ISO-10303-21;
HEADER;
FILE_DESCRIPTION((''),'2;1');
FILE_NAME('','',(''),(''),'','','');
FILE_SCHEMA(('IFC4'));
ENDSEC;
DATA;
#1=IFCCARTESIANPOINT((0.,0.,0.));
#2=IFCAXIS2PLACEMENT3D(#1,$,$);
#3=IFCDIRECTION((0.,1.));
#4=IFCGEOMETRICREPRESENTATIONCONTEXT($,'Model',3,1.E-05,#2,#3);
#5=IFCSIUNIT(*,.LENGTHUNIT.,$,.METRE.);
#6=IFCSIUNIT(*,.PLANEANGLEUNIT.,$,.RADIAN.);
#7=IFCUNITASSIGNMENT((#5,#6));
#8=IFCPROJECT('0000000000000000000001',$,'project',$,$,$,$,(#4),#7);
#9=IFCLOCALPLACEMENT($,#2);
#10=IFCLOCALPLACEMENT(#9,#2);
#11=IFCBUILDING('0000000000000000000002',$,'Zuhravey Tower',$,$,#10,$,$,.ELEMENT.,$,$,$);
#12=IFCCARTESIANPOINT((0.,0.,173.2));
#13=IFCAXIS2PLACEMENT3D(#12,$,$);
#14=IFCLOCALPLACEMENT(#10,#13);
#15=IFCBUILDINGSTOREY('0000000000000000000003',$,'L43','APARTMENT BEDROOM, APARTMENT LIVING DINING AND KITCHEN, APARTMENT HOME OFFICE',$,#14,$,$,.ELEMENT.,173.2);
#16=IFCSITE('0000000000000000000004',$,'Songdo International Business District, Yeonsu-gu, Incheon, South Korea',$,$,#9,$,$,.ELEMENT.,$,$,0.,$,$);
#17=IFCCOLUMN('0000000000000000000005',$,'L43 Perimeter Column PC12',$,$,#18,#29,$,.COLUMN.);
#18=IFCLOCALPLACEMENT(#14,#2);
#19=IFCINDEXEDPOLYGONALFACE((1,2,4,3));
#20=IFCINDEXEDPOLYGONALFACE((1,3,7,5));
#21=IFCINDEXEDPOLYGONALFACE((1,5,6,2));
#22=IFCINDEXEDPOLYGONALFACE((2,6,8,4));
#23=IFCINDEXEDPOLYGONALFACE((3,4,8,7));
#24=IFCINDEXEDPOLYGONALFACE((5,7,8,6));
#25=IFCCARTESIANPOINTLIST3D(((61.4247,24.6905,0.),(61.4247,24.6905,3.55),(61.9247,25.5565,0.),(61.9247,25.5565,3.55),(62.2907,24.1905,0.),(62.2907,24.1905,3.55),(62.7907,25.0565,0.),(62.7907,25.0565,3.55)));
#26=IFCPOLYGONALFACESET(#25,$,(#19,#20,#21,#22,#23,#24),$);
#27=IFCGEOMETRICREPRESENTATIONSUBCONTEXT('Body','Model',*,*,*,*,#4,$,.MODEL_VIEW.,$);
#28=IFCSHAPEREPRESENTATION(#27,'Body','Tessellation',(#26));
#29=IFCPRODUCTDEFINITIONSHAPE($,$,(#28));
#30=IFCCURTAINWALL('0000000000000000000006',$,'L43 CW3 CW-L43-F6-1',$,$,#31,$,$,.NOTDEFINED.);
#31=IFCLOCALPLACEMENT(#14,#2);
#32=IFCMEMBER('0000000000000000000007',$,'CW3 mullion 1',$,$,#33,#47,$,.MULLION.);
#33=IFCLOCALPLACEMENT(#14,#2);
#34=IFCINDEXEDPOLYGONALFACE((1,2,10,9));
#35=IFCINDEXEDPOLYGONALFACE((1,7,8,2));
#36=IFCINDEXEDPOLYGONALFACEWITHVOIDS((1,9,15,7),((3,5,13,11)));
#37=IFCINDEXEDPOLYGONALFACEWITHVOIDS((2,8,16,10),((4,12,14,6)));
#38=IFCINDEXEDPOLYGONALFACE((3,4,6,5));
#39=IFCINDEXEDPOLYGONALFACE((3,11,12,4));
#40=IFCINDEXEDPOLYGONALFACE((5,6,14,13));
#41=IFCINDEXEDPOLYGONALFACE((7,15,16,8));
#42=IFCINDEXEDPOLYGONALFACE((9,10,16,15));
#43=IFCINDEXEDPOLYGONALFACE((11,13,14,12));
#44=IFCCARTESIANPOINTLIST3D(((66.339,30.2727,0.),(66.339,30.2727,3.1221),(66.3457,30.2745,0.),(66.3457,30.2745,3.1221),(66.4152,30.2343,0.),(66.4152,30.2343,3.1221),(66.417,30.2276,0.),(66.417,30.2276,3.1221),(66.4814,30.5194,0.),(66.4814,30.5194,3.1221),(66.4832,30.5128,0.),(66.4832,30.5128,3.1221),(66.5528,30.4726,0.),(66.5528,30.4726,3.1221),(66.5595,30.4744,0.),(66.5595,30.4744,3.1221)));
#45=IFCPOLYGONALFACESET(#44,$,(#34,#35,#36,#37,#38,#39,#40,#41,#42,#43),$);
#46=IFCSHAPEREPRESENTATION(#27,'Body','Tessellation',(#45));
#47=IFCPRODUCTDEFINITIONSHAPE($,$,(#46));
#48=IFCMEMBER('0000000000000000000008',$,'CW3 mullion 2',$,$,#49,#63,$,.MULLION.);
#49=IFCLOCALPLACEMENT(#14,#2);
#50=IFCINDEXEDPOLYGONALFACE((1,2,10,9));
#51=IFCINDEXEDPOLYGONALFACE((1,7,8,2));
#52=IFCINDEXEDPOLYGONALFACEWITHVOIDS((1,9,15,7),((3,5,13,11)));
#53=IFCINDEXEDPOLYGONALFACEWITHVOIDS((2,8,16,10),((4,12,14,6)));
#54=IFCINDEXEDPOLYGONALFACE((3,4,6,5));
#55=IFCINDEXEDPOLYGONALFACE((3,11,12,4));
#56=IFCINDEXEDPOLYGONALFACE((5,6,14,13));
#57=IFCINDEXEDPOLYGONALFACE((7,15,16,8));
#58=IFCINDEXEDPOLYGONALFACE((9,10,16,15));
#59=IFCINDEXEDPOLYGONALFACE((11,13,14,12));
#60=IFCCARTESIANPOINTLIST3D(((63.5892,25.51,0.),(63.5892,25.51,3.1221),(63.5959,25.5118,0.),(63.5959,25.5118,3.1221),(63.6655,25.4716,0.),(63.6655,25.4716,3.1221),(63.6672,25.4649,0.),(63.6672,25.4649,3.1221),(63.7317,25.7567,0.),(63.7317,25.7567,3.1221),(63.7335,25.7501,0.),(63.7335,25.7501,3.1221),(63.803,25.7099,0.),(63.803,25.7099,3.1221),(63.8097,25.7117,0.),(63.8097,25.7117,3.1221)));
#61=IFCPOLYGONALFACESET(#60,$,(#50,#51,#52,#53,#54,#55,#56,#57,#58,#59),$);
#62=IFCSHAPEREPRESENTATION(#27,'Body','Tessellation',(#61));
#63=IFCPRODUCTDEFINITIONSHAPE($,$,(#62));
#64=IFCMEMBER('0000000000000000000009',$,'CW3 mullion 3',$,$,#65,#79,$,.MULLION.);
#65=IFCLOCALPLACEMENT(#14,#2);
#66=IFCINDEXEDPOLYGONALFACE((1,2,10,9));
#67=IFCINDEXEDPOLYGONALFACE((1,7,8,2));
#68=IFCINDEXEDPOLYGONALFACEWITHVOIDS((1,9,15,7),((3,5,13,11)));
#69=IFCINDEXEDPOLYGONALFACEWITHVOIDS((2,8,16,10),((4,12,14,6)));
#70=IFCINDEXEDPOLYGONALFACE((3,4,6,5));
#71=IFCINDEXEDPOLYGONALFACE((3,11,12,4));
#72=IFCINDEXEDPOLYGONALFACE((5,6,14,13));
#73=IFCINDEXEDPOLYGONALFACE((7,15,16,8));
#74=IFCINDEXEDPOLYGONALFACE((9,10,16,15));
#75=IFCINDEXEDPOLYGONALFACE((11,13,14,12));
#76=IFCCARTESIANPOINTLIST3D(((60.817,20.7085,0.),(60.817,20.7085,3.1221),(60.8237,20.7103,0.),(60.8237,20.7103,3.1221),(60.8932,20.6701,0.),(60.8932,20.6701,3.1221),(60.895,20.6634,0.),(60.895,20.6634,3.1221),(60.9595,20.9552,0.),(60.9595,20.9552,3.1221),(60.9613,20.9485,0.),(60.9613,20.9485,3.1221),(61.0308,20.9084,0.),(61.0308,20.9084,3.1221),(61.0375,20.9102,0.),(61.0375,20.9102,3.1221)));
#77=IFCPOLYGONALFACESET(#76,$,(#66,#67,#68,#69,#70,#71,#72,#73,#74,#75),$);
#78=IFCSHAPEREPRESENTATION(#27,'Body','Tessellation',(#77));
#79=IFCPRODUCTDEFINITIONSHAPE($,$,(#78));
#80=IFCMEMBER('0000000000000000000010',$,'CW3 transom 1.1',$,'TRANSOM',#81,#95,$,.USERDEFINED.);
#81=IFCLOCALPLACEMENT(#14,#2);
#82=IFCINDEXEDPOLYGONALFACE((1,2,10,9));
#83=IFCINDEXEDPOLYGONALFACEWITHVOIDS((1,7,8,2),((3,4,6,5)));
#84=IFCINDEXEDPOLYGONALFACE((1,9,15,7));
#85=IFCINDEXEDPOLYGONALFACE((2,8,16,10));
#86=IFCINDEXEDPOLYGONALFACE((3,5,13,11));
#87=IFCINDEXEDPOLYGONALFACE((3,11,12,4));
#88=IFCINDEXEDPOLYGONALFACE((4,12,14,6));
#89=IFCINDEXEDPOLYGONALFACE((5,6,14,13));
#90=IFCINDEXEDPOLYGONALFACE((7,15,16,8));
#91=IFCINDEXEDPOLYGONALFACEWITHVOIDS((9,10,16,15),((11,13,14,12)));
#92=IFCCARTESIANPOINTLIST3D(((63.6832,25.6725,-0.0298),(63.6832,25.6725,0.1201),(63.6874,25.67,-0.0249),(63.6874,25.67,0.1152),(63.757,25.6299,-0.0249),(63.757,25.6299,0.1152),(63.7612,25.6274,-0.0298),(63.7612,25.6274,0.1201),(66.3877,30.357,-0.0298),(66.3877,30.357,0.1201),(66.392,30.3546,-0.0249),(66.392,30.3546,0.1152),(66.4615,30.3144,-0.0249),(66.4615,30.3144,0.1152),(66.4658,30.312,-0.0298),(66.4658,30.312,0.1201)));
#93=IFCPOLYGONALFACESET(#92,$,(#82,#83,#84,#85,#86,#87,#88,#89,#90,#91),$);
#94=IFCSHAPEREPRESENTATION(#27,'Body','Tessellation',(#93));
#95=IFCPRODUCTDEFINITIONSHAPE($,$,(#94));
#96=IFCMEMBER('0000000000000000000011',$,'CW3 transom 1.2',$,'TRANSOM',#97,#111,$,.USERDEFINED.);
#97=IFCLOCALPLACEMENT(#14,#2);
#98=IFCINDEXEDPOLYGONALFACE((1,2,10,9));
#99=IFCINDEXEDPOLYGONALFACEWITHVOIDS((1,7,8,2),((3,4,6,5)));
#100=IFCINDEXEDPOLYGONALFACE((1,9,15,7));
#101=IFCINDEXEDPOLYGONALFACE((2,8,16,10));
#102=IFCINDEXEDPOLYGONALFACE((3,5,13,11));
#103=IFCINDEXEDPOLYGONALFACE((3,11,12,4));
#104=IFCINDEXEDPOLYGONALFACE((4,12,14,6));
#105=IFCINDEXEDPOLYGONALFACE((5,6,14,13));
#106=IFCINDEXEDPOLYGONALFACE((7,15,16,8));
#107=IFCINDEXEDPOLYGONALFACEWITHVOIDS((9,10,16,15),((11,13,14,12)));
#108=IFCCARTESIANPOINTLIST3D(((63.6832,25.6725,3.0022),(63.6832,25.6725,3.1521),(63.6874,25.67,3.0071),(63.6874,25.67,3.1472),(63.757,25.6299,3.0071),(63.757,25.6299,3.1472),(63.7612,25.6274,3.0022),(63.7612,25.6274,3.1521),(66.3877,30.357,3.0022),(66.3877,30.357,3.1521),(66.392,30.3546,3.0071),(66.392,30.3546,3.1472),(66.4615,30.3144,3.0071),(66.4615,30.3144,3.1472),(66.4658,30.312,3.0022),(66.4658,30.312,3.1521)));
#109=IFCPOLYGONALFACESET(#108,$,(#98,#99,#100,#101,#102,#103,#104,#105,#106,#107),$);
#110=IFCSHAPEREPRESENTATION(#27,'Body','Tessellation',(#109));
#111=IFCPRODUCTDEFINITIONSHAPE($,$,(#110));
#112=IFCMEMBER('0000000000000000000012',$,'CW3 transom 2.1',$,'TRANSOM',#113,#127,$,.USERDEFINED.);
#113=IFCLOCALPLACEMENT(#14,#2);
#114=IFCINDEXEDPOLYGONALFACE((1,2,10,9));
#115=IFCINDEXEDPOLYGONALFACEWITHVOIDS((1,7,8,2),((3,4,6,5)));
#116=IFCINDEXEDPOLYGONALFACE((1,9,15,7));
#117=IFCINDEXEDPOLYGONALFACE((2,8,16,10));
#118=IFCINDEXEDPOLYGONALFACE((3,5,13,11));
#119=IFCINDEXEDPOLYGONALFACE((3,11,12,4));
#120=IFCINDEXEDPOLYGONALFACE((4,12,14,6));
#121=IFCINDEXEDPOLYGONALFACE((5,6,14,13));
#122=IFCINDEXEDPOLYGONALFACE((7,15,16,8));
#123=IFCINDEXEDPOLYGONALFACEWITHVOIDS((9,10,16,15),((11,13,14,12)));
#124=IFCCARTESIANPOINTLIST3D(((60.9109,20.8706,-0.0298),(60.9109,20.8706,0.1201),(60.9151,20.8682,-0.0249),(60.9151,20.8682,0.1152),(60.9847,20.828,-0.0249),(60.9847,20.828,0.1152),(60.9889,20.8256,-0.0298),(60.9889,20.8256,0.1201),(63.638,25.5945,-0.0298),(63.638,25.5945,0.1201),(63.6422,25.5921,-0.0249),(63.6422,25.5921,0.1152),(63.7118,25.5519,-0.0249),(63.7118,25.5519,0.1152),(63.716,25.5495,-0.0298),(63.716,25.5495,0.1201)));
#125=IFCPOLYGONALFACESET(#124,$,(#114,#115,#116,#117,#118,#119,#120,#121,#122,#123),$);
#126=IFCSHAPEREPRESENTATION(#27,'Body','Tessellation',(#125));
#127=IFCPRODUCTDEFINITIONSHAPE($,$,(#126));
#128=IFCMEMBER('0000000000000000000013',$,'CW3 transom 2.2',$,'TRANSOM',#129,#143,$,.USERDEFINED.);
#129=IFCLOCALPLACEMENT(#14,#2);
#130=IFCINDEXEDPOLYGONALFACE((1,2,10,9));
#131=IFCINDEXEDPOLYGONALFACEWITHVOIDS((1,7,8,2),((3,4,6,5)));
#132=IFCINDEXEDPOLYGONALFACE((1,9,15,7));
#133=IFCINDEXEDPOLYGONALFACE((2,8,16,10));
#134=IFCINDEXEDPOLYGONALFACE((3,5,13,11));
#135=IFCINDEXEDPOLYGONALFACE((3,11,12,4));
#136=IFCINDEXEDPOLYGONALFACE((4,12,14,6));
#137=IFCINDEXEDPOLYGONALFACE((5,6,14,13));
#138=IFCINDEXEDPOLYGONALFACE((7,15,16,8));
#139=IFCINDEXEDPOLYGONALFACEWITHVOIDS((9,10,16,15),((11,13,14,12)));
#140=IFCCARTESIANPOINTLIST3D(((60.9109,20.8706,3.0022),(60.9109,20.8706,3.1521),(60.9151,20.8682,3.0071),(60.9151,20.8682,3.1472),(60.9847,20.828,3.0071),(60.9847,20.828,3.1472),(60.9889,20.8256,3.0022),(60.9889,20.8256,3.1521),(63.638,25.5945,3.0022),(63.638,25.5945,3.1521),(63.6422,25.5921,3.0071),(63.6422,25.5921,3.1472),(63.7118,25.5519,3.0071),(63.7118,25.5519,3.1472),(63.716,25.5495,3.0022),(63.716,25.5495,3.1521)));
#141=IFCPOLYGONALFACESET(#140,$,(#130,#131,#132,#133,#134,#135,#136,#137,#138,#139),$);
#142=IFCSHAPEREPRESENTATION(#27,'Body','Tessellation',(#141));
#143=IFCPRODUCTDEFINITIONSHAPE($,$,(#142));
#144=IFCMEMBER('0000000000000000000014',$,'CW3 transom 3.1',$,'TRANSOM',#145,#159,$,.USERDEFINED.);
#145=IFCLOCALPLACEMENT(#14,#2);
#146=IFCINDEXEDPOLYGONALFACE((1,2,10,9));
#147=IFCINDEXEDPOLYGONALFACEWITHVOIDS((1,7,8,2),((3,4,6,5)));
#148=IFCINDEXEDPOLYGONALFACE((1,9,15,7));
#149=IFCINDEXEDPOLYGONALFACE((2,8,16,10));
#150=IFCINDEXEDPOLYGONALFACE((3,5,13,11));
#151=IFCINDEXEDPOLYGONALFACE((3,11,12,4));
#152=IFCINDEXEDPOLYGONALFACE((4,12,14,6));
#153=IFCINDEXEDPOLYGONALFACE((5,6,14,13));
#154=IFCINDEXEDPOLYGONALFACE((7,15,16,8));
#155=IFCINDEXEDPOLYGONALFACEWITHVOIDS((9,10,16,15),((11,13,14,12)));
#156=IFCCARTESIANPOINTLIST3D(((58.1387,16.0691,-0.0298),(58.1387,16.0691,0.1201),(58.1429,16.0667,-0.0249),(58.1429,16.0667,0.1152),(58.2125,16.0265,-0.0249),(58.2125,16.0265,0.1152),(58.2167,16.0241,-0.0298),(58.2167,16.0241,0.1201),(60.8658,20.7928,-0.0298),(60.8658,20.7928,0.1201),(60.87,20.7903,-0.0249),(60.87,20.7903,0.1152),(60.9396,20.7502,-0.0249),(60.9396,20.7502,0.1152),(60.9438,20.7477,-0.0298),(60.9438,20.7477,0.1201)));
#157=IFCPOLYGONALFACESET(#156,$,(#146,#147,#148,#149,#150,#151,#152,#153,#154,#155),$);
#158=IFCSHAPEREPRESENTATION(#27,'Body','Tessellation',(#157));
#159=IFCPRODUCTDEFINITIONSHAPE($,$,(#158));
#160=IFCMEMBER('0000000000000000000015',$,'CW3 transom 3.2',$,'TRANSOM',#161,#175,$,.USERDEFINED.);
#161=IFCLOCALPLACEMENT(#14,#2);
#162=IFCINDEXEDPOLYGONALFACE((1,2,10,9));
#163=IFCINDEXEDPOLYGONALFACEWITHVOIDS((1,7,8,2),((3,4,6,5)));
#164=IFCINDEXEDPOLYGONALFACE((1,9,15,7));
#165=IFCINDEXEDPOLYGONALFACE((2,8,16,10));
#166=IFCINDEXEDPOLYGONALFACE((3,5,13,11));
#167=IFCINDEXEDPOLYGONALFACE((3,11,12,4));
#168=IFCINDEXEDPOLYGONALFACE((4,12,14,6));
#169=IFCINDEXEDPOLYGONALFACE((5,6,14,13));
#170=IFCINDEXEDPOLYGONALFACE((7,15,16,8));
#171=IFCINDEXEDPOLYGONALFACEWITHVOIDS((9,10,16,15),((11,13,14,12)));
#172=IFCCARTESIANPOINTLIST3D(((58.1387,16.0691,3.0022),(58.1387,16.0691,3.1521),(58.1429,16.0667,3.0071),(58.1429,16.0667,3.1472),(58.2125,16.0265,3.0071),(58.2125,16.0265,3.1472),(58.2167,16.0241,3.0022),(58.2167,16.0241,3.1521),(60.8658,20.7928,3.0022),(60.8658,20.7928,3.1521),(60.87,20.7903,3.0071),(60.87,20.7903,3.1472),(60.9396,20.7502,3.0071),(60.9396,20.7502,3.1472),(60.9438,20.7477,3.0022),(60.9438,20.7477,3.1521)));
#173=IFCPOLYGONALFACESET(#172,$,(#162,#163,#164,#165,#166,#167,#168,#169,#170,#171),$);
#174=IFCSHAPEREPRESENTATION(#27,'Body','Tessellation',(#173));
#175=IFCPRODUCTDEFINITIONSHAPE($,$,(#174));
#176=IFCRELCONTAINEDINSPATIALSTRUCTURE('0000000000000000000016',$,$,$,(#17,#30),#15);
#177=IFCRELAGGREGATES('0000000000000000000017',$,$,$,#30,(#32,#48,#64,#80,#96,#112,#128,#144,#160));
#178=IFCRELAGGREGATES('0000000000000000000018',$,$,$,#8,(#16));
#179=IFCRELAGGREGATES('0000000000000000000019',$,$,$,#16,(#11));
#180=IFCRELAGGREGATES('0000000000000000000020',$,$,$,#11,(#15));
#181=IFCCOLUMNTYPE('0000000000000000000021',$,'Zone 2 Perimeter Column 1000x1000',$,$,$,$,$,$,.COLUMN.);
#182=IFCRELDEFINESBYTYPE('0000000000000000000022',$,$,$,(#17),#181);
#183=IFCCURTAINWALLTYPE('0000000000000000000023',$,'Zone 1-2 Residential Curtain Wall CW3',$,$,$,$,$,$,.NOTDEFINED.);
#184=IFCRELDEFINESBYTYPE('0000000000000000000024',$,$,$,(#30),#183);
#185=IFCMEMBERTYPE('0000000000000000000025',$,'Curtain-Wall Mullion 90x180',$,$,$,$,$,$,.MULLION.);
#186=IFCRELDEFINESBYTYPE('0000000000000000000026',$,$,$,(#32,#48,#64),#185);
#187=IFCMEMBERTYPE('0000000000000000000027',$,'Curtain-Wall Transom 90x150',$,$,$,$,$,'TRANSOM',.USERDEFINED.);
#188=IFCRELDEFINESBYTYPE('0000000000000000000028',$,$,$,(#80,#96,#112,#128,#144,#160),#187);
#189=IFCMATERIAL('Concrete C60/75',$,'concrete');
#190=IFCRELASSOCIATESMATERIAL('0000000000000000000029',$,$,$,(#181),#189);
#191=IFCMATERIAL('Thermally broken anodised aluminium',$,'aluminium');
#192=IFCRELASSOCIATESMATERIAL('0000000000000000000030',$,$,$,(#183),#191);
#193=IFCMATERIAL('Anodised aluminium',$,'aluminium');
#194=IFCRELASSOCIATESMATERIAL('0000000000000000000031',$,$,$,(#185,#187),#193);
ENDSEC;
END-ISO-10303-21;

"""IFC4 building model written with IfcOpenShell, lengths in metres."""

from ifc_helpers import new_model, si_unit, direction, frame, origin, origin_2d, place, context, subcontext, project, spatial, rectangle, hollow_rectangle, extrude, material, material_profile, profile_set, type_object, element, aggregate, save


model = new_model("IFC4")

# Units and contexts
model_context = context("Model", 3, precision=1e-05, world=origin(), true_north=direction((0.0, 1.0)))
body_context = subcontext(model_context, "Body", "Model", "MODEL_VIEW")
ifc_project = project(units=[si_unit("LENGTHUNIT", "METRE"), si_unit("PLANEANGLEUNIT", "RADIAN")], contexts=[model_context])

# Site, building, storey
site_placement = place(None, origin())
site = spatial("IfcSite", under=ifc_project, at=site_placement, Name="Songdo International Business District, Yeonsu-gu, Incheon, South Korea", CompositionType="ELEMENT", RefElevation=0.0)
building_placement = place(site_placement, origin())
building = spatial("IfcBuilding", under=site, at=building_placement, Name="Zuhravey Tower", CompositionType="ELEMENT")
storey_placement = place(building_placement, frame((0.0, 0.0, 173.2)))
storey = spatial("IfcBuildingStorey", under=building, at=storey_placement, Name="L43", Description="APARTMENT BEDROOM, APARTMENT LIVING DINING AND KITCHEN, APARTMENT HOME OFFICE", CompositionType="ELEMENT", Elevation=173.2)

# Column
ifc_material_1 = material(Name="Concrete C60/75", Category="concrete")
ifc_material_profile_1 = material_profile(ifc_material_1, rectangle(XDim=1.0, YDim=1.0, at=origin_2d()), Name="RC-1000x1000")
ifc_profile_set_1 = profile_set([ifc_material_profile_1], Name="Concrete C60/75")
column_type = type_object("IfcColumnType", Name="Zone 2 Perimeter Column 1000x1000", PredefinedType="COLUMN", material=ifc_profile_set_1)
column_placement = place(storey_placement, frame((62.1077, 24.8735, 0.0), z_axis=(0.0, 0.0, 1.0), x_axis=(0.5, 0.866025, 0.0)))
element("IfcColumn", 1, at=column_placement, inside=storey, type_object=column_type, Name="L43 Perimeter Column PC12", PredefinedType="COLUMN", context=body_context, shape_type="SweptSolid", body=[
    extrude(rectangle(XDim=1.0, YDim=1.0, at=origin_2d()), origin(), (0.0, 0.0, 1.0), 3.55),
])

# Curtain wall, members
ifc_material_2 = material(Name="Thermally broken anodised aluminium", Category="aluminium")
curtain_wall_type = type_object("IfcCurtainWallType", Name="Zone 1-2 Residential Curtain Wall CW3", PredefinedType="NOTDEFINED", material=ifc_material_2)
curtain_wall_placement = place(storey_placement, origin())
curtain_wall = element("IfcCurtainWall", 2, at=curtain_wall_placement, inside=storey, type_object=curtain_wall_type, Name="L43 CW3 CW-L43-F6-1", PredefinedType="NOTDEFINED")
ifc_material_3 = material(Name="Anodised aluminium", Category="aluminium")
ifc_material_profile_2 = material_profile(ifc_material_3, hollow_rectangle(XDim=0.0901, YDim=0.2849, WallThickness=0.0049, at=origin_2d()), Name="ALU-RHS-90x285x5")
ifc_profile_set_2 = profile_set([ifc_material_profile_2], Name="Anodised aluminium")
member_type_1 = type_object("IfcMemberType", Name="Curtain-Wall Mullion 90x180", PredefinedType="MULLION", material=ifc_profile_set_2)
member_1_placement = place(storey_placement, frame((66.4492, 30.3735, 0.0), z_axis=(0.0, 0.0, 1.0), x_axis=(0.866025, -0.5, 0.0)))
member_1 = element("IfcMember", 3, at=member_1_placement, type_object=member_type_1, Name="CW3 mullion 1", PredefinedType="MULLION", context=body_context, shape_type="SweptSolid", body=[
    extrude(hollow_rectangle(XDim=0.0901, YDim=0.2849, WallThickness=0.0049, at=origin_2d()), origin(), (0.0, 0.0, 1.0), 3.1221),
])
member_2_placement = place(storey_placement, frame((63.6995, 25.6108, 0.0), z_axis=(0.0, 0.0, 1.0), x_axis=(0.866025, -0.5, 0.0)))
member_2 = element("IfcMember", 4, at=member_2_placement, type_object=member_type_1, Name="CW3 mullion 2", PredefinedType="MULLION", context=body_context, shape_type="SweptSolid", body=[
    extrude(hollow_rectangle(XDim=0.0901, YDim=0.2849, WallThickness=0.0049, at=origin_2d()), origin(), (0.0, 0.0, 1.0), 3.1221),
])
member_3_placement = place(storey_placement, frame((60.9272, 20.8093, 0.0), z_axis=(0.0, 0.0, 1.0), x_axis=(0.866025, -0.5, 0.0)))
member_3 = element("IfcMember", 5, at=member_3_placement, type_object=member_type_1, Name="CW3 mullion 3", PredefinedType="MULLION", context=body_context, shape_type="SweptSolid", body=[
    extrude(hollow_rectangle(XDim=0.0901, YDim=0.2849, WallThickness=0.0049, at=origin_2d()), origin(), (0.0, 0.0, 1.0), 3.1221),
])
ifc_material_profile_3 = material_profile(ifc_material_3, hollow_rectangle(XDim=0.0901, YDim=0.1499, WallThickness=0.0049, at=origin_2d()), Name="ALU-RHS-90x150x5")
ifc_profile_set_3 = profile_set([ifc_material_profile_3], Name="Anodised aluminium")
member_type_2 = type_object("IfcMemberType", Name="Curtain-Wall Transom 90x150", ElementType="TRANSOM", PredefinedType="USERDEFINED", material=ifc_profile_set_3)
member_4_placement = place(storey_placement, frame((66.4268, 30.3345, 0.0452), z_axis=(-0.499993, -0.866029, 0.0), x_axis=(0.866029, -0.499993, 0.0)))
member_4 = element("IfcMember", 6, at=member_4_placement, type_object=member_type_2, Name="CW3 transom 1.1", ObjectType="TRANSOM", PredefinedType="USERDEFINED", context=body_context, shape_type="SweptSolid", body=[
    extrude(hollow_rectangle(XDim=0.0901, YDim=0.1499, WallThickness=0.0049, at=origin_2d()), origin(), (0.0, 0.0, 1.0), 5.4092),
])
member_5_placement = place(storey_placement, frame((66.4268, 30.3345, 3.0771), z_axis=(-0.499993, -0.866029, 0.0), x_axis=(0.866029, -0.499993, 0.0)))
member_5 = element("IfcMember", 7, at=member_5_placement, type_object=member_type_2, Name="CW3 transom 1.2", ObjectType="TRANSOM", PredefinedType="USERDEFINED", context=body_context, shape_type="SweptSolid", body=[
    extrude(hollow_rectangle(XDim=0.0901, YDim=0.1499, WallThickness=0.0049, at=origin_2d()), origin(), (0.0, 0.0, 1.0), 5.4092),
])
member_6_placement = place(storey_placement, frame((63.677, 25.572, 0.0452), z_axis=(-0.499961, -0.866048, 0.0), x_axis=(0.866048, -0.499961, 0.0)))
member_6 = element("IfcMember", 8, at=member_6_placement, type_object=member_type_2, Name="CW3 transom 2.1", ObjectType="TRANSOM", PredefinedType="USERDEFINED", context=body_context, shape_type="SweptSolid", body=[
    extrude(hollow_rectangle(XDim=0.0901, YDim=0.1499, WallThickness=0.0049, at=origin_2d()), origin(), (0.0, 0.0, 1.0), 5.4546),
])
member_7_placement = place(storey_placement, frame((63.677, 25.572, 3.0771), z_axis=(-0.499961, -0.866048, 0.0), x_axis=(0.866048, -0.499961, 0.0)))
member_7 = element("IfcMember", 9, at=member_7_placement, type_object=member_type_2, Name="CW3 transom 2.2", ObjectType="TRANSOM", PredefinedType="USERDEFINED", context=body_context, shape_type="SweptSolid", body=[
    extrude(hollow_rectangle(XDim=0.0901, YDim=0.1499, WallThickness=0.0049, at=origin_2d()), origin(), (0.0, 0.0, 1.0), 5.4546),
])
member_8_placement = place(storey_placement, frame((60.9048, 20.7703, 0.0452), z_axis=(-0.499981, -0.866037, 0.0), x_axis=(0.866037, -0.499981, 0.0)))
member_8 = element("IfcMember", 10, at=member_8_placement, type_object=member_type_2, Name="CW3 transom 3.1", ObjectType="TRANSOM", PredefinedType="USERDEFINED", context=body_context, shape_type="SweptSolid", body=[
    extrude(hollow_rectangle(XDim=0.0901, YDim=0.1499, WallThickness=0.0049, at=origin_2d()), origin(), (0.0, 0.0, 1.0), 5.4543),
])
member_9_placement = place(storey_placement, frame((60.9048, 20.7703, 3.0771), z_axis=(-0.499981, -0.866037, 0.0), x_axis=(0.866037, -0.499981, 0.0)))
member_9 = element("IfcMember", 11, at=member_9_placement, type_object=member_type_2, Name="CW3 transom 3.2", ObjectType="TRANSOM", PredefinedType="USERDEFINED", context=body_context, shape_type="SweptSolid", body=[
    extrude(hollow_rectangle(XDim=0.0901, YDim=0.1499, WallThickness=0.0049, at=origin_2d()), origin(), (0.0, 0.0, 1.0), 5.4543),
])

aggregate(curtain_wall, [member_1, member_2, member_3, member_4, member_5, member_6, member_7, member_8, member_9])

save(model, "model.ifc")
